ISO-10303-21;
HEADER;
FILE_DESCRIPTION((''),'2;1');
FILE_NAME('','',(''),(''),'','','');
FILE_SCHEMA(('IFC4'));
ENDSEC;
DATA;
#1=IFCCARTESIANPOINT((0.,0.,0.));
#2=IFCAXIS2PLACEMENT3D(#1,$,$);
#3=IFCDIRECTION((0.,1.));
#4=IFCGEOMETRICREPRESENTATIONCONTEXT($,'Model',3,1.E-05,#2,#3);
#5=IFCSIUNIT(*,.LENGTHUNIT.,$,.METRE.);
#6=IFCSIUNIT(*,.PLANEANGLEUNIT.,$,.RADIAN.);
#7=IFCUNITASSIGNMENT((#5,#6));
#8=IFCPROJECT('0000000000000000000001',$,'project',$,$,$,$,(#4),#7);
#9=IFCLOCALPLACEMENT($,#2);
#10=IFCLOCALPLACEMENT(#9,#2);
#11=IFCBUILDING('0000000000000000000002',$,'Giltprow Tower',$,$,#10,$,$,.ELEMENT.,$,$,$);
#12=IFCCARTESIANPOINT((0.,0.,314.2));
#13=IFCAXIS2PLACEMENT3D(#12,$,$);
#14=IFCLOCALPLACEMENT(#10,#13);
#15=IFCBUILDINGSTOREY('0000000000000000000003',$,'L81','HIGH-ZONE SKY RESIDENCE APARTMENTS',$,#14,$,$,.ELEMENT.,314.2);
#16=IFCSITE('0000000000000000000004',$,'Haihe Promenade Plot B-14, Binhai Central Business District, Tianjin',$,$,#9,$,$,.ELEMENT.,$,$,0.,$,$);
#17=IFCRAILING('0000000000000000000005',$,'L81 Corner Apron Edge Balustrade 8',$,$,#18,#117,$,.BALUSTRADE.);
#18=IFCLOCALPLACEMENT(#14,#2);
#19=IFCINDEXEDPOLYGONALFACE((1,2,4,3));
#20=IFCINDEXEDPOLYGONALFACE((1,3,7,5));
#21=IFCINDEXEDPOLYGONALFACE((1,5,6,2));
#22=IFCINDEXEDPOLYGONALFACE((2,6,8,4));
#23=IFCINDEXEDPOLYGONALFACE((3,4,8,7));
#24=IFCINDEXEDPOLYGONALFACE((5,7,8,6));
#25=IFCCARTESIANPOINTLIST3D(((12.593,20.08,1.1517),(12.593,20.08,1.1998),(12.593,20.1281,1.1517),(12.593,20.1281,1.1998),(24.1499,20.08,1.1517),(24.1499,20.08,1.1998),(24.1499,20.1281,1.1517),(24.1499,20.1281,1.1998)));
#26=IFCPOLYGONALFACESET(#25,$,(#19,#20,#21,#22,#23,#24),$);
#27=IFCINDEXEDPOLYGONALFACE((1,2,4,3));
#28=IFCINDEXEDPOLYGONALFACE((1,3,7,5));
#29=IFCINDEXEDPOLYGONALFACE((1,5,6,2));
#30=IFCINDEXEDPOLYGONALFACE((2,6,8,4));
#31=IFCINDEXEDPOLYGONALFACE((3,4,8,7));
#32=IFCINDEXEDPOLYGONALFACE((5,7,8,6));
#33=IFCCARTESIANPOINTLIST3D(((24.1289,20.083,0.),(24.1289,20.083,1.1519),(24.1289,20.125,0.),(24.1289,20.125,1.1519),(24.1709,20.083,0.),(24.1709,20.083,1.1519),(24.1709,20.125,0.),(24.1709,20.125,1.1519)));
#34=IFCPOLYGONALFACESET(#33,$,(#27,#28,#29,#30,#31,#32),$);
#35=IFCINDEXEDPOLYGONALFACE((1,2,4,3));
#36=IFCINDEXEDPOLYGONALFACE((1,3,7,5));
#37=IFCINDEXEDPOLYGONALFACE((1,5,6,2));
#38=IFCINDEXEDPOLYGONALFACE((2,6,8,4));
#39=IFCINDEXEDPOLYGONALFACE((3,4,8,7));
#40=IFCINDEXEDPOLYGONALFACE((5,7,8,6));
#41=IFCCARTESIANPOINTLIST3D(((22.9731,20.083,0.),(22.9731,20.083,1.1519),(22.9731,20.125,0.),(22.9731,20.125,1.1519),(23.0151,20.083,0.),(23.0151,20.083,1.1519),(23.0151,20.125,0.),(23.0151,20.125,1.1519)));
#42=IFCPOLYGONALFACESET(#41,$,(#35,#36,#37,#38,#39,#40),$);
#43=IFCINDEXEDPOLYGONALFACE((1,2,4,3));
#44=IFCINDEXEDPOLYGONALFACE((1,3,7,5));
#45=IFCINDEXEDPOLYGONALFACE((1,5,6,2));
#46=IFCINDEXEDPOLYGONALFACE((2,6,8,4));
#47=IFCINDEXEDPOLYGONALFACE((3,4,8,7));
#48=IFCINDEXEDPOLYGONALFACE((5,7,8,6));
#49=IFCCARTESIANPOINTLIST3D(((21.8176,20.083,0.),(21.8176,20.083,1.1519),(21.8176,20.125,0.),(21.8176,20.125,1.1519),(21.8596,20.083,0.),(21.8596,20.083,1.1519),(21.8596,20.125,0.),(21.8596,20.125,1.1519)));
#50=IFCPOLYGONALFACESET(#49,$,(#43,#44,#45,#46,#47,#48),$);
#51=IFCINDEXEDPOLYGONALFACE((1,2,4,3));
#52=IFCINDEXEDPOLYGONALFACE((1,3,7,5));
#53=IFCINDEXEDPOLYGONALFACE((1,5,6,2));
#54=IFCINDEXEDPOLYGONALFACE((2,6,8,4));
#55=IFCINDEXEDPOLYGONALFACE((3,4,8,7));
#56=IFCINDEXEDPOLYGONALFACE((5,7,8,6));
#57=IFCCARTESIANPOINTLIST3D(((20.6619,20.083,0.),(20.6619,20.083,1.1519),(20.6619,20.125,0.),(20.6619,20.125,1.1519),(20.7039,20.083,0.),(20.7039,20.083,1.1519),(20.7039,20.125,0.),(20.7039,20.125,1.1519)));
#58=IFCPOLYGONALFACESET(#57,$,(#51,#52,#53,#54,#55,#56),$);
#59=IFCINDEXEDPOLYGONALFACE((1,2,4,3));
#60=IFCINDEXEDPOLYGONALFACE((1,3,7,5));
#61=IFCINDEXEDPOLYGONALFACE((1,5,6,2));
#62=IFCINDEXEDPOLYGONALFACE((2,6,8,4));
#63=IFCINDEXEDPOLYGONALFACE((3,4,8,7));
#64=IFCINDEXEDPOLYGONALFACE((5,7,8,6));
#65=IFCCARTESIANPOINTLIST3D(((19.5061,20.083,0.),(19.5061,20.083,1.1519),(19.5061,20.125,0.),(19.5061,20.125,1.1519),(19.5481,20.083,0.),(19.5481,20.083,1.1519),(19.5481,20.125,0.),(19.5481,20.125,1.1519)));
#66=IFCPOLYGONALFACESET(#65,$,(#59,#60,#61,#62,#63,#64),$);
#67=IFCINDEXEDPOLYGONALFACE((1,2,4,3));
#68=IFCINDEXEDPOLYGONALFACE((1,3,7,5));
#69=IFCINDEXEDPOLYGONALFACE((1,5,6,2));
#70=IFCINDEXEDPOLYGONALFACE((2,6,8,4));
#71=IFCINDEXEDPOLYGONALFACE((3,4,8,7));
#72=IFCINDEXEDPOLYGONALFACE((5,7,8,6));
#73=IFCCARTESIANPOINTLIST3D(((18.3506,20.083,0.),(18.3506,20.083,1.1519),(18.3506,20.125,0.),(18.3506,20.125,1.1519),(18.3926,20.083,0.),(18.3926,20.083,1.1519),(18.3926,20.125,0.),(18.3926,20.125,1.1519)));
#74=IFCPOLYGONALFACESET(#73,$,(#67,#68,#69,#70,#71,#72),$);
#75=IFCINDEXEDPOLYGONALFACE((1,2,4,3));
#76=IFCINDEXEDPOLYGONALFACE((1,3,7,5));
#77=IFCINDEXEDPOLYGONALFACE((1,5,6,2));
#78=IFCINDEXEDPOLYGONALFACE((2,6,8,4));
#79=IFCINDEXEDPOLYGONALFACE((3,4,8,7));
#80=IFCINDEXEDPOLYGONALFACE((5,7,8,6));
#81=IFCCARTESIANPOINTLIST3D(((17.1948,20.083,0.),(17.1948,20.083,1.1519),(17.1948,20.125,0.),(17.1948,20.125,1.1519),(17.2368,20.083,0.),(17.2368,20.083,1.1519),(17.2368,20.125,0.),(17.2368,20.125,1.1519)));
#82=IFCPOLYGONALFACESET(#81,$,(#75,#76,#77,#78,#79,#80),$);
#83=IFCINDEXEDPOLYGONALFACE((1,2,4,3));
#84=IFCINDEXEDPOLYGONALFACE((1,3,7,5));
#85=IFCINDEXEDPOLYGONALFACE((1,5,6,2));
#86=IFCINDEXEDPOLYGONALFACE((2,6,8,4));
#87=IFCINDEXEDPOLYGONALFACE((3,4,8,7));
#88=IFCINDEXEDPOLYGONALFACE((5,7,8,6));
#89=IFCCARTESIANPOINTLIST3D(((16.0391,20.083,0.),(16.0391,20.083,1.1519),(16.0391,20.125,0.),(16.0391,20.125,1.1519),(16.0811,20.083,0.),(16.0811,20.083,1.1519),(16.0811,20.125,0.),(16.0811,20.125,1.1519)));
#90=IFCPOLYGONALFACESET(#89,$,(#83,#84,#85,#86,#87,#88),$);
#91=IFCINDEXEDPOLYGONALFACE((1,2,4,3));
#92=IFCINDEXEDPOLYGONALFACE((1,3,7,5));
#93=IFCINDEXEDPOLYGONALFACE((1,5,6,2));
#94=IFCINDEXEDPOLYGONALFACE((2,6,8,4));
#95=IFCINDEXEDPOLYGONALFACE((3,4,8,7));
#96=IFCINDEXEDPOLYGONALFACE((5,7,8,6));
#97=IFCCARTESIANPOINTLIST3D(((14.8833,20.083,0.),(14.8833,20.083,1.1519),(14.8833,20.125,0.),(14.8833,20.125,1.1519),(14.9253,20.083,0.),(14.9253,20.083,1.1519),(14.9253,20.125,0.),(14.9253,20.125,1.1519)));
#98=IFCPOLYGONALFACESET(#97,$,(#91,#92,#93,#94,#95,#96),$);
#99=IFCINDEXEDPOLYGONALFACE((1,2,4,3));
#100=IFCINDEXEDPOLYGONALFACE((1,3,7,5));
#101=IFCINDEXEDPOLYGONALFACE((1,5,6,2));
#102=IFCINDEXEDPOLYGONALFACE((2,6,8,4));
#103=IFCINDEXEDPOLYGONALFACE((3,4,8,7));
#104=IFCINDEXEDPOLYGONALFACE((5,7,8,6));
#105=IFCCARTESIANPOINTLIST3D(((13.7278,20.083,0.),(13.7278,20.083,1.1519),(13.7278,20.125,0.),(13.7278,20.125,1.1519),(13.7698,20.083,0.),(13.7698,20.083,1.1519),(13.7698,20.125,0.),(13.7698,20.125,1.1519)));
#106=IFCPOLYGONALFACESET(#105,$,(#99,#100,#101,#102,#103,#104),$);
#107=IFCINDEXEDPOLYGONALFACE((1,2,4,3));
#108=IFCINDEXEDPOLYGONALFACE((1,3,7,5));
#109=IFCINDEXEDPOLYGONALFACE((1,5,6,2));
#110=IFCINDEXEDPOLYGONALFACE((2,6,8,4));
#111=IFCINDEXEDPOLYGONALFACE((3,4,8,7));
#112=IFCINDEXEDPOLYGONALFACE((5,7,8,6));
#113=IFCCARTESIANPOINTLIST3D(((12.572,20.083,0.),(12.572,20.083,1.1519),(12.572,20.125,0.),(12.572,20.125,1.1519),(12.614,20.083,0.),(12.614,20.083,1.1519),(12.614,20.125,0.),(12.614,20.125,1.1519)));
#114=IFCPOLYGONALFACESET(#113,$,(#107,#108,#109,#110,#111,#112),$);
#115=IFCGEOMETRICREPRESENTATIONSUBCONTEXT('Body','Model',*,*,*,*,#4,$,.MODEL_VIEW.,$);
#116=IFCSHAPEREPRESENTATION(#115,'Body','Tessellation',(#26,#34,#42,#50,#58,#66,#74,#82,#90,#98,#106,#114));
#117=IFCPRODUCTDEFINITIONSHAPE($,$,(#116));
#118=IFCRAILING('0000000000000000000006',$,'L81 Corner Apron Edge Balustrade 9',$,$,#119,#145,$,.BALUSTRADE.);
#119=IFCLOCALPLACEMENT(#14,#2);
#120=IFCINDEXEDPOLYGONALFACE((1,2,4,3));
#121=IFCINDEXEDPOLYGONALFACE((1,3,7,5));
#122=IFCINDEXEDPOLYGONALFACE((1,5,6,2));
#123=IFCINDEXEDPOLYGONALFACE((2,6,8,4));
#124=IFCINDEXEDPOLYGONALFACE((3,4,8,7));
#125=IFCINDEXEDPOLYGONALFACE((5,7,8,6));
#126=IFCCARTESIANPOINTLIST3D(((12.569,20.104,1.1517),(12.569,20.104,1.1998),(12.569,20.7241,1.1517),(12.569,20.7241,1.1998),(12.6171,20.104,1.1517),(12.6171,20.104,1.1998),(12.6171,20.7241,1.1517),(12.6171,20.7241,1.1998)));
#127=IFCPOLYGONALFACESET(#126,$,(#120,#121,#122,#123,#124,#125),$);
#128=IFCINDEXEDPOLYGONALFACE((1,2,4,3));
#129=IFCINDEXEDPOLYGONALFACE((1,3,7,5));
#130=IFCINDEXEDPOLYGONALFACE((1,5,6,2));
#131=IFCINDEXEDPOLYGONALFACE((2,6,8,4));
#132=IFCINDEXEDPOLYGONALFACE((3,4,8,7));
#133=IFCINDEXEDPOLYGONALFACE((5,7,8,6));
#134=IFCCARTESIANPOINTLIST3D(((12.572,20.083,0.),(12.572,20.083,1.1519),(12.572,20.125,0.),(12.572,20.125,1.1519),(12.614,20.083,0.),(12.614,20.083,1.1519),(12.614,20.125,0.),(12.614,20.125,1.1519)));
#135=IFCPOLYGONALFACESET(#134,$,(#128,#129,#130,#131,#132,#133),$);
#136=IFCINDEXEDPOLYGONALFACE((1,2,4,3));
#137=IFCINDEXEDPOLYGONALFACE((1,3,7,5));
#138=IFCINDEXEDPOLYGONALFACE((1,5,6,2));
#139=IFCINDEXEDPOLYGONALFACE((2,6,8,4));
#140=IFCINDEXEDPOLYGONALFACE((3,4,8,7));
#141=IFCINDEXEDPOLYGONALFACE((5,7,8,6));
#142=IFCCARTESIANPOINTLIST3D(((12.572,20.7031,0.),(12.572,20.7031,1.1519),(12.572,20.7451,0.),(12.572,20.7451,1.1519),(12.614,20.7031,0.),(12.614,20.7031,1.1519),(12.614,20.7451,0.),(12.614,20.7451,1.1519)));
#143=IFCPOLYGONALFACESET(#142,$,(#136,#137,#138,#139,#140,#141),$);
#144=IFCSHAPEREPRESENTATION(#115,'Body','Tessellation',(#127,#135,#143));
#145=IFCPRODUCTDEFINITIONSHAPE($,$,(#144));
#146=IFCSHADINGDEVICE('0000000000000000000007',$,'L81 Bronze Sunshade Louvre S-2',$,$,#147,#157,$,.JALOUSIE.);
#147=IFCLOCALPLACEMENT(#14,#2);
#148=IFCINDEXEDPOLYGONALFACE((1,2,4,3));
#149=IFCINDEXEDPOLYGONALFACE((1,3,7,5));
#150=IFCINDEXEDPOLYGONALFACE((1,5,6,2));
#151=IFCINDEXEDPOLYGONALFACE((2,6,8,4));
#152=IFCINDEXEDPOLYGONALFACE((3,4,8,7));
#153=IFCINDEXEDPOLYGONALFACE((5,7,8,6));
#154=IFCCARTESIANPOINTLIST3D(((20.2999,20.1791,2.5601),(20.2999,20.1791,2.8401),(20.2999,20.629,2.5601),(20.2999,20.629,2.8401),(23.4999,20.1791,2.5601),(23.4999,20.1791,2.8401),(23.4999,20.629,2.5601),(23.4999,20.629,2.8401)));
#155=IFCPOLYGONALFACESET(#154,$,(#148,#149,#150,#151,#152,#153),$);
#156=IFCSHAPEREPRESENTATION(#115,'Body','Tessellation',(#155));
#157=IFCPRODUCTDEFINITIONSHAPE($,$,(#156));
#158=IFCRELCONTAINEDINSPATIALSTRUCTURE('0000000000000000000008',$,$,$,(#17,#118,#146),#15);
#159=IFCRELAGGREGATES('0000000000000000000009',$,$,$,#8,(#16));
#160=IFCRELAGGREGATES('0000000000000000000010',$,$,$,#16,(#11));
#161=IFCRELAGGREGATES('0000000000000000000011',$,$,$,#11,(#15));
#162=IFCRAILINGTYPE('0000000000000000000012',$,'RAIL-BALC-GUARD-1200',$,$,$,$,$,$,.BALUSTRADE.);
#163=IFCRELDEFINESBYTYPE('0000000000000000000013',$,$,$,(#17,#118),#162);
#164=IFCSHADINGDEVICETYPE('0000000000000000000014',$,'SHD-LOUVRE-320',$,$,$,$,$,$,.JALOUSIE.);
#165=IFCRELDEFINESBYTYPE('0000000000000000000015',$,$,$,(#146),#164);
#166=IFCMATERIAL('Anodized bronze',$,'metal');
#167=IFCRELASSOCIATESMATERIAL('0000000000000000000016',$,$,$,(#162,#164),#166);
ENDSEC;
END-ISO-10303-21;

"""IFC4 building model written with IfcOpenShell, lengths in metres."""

from ifc_helpers import new_model, si_unit, direction, frame, origin, origin_2d, place, context, subcontext, project, spatial, rectangle, extrude, source, transform, mapped, material, type_object, element, save


model = new_model("IFC4")

# Units and contexts
model_context = context("Model", 3, precision=1e-05, world=origin(), true_north=direction((0.0, 1.0)))
body_context = subcontext(model_context, "Body", "Model", "MODEL_VIEW")
ifc_project = project(units=[si_unit("LENGTHUNIT", "METRE"), si_unit("PLANEANGLEUNIT", "RADIAN")], contexts=[model_context])

# Site, building, storey
site_placement = place(None, origin())
site = spatial("IfcSite", under=ifc_project, at=site_placement, Name="Haihe Promenade Plot B-14, Binhai Central Business District, Tianjin", CompositionType="ELEMENT", RefElevation=0.0)
building_placement = place(site_placement, origin())
building = spatial("IfcBuilding", under=site, at=building_placement, Name="Giltprow Tower", CompositionType="ELEMENT")
storey_placement = place(building_placement, frame((0.0, 0.0, 314.2)))
storey = spatial("IfcBuildingStorey", under=building, at=storey_placement, Name="L81", Description="HIGH-ZONE SKY RESIDENCE APARTMENTS", CompositionType="ELEMENT", Elevation=314.2)

# Shared definitions
ifc_material_1 = material(Name="Anodized bronze", Category="metal")

# Railings
railing_type = type_object("IfcRailingType", Name="RAIL-BALC-GUARD-1200", PredefinedType="BALUSTRADE", material=ifc_material_1)
railing_1_placement = place(storey_placement, frame((24.1499, 20.104, 0.0)))
element("IfcRailing", 1, at=railing_1_placement, inside=storey, type_object=railing_type, Name="L81 Corner Apron Edge Balustrade 8", PredefinedType="BALUSTRADE", context=body_context, shape_type="SweptSolid", body=[
    extrude(rectangle(XDim=0.0481, YDim=0.0481, at=origin_2d()), frame((0.0, 0.0, 1.1758), z_axis=(-1.0, 0.0, 0.0), x_axis=(0.0, -1.0, 0.0)), (0.0, 0.0, 1.0), 11.5569),
    extrude(rectangle(XDim=0.042, YDim=0.042, at=origin_2d()), origin(), (0.0, 0.0, 1.0), 1.1519),
    extrude(rectangle(XDim=0.042, YDim=0.042, at=origin_2d()), frame((-1.1558, 0.0, 0.0)), (0.0, 0.0, 1.0), 1.1519),
    extrude(rectangle(XDim=0.042, YDim=0.042, at=origin_2d()), frame((-2.3113, 0.0, 0.0)), (0.0, 0.0, 1.0), 1.1519),
    extrude(rectangle(XDim=0.042, YDim=0.042, at=origin_2d()), frame((-3.467, 0.0, 0.0)), (0.0, 0.0, 1.0), 1.1519),
    extrude(rectangle(XDim=0.042, YDim=0.042, at=origin_2d()), frame((-4.6228, 0.0, 0.0)), (0.0, 0.0, 1.0), 1.1519),
    extrude(rectangle(XDim=0.042, YDim=0.042, at=origin_2d()), frame((-5.7783, 0.0, 0.0)), (0.0, 0.0, 1.0), 1.1519),
    extrude(rectangle(XDim=0.042, YDim=0.042, at=origin_2d()), frame((-6.9341, 0.0, 0.0)), (0.0, 0.0, 1.0), 1.1519),
    extrude(rectangle(XDim=0.042, YDim=0.042, at=origin_2d()), frame((-8.0898, 0.0, 0.0)), (0.0, 0.0, 1.0), 1.1519),
    extrude(rectangle(XDim=0.042, YDim=0.042, at=origin_2d()), frame((-9.2456, 0.0, 0.0)), (0.0, 0.0, 1.0), 1.1519),
    extrude(rectangle(XDim=0.042, YDim=0.042, at=origin_2d()), frame((-10.4011, 0.0, 0.0)), (0.0, 0.0, 1.0), 1.1519),
    extrude(rectangle(XDim=0.042, YDim=0.042, at=origin_2d()), frame((-11.5569, 0.0, 0.0)), (0.0, 0.0, 1.0), 1.1519),
])
railing_2_placement = place(storey_placement, frame((12.593, 20.104, 0.0)))
element("IfcRailing", 2, at=railing_2_placement, inside=storey, type_object=railing_type, Name="L81 Corner Apron Edge Balustrade 9", PredefinedType="BALUSTRADE", context=body_context, shape_type="SweptSolid", body=[
    extrude(rectangle(XDim=0.0481, YDim=0.0481, at=origin_2d()), frame((0.0, 0.0, 1.1758), z_axis=(0.0, 1.0, 0.0), x_axis=(-1.0, 0.0, 0.0)), (0.0, 0.0, 1.0), 0.6201),
    extrude(rectangle(XDim=0.042, YDim=0.042, at=origin_2d()), origin(), (0.0, 0.0, 1.0), 1.1519),
    extrude(rectangle(XDim=0.042, YDim=0.042, at=origin_2d()), frame((0.0, 0.6201, 0.0)), (0.0, 0.0, 1.0), 1.1519),
])

# Shading device
shading_device_type = type_object("IfcShadingDeviceType", Name="SHD-LOUVRE-320", PredefinedType="JALOUSIE", material=ifc_material_1)
shared_shape_1 = source(origin(), body_context, "Body", "SweptSolid", [
    extrude(rectangle(XDim=3.2, YDim=0.45, at=origin_2d()), origin(), (0.0, 0.0, 1.0), 0.28),
])
shading_device_placement = place(storey_placement, frame((21.8999, 20.4041, 2.5601), z_axis=(0.0, 0.0, 1.0), x_axis=(1.0, 0.0, 0.0)))
element("IfcShadingDevice", 3, at=shading_device_placement, inside=storey, type_object=shading_device_type, Name="L81 Bronze Sunshade Louvre S-2", PredefinedType="JALOUSIE", context=body_context, shape_type="MappedRepresentation", body=[
    mapped(shared_shape_1, transform((0.0, 0.0, 0.0), x_axis=(1.0, 0.0, 0.0), y_axis=(0.0, 1.0, 0.0), z_axis=(0.0, 0.0, 1.0), scale=1.0)),
])

save(model, "model.ifc")
